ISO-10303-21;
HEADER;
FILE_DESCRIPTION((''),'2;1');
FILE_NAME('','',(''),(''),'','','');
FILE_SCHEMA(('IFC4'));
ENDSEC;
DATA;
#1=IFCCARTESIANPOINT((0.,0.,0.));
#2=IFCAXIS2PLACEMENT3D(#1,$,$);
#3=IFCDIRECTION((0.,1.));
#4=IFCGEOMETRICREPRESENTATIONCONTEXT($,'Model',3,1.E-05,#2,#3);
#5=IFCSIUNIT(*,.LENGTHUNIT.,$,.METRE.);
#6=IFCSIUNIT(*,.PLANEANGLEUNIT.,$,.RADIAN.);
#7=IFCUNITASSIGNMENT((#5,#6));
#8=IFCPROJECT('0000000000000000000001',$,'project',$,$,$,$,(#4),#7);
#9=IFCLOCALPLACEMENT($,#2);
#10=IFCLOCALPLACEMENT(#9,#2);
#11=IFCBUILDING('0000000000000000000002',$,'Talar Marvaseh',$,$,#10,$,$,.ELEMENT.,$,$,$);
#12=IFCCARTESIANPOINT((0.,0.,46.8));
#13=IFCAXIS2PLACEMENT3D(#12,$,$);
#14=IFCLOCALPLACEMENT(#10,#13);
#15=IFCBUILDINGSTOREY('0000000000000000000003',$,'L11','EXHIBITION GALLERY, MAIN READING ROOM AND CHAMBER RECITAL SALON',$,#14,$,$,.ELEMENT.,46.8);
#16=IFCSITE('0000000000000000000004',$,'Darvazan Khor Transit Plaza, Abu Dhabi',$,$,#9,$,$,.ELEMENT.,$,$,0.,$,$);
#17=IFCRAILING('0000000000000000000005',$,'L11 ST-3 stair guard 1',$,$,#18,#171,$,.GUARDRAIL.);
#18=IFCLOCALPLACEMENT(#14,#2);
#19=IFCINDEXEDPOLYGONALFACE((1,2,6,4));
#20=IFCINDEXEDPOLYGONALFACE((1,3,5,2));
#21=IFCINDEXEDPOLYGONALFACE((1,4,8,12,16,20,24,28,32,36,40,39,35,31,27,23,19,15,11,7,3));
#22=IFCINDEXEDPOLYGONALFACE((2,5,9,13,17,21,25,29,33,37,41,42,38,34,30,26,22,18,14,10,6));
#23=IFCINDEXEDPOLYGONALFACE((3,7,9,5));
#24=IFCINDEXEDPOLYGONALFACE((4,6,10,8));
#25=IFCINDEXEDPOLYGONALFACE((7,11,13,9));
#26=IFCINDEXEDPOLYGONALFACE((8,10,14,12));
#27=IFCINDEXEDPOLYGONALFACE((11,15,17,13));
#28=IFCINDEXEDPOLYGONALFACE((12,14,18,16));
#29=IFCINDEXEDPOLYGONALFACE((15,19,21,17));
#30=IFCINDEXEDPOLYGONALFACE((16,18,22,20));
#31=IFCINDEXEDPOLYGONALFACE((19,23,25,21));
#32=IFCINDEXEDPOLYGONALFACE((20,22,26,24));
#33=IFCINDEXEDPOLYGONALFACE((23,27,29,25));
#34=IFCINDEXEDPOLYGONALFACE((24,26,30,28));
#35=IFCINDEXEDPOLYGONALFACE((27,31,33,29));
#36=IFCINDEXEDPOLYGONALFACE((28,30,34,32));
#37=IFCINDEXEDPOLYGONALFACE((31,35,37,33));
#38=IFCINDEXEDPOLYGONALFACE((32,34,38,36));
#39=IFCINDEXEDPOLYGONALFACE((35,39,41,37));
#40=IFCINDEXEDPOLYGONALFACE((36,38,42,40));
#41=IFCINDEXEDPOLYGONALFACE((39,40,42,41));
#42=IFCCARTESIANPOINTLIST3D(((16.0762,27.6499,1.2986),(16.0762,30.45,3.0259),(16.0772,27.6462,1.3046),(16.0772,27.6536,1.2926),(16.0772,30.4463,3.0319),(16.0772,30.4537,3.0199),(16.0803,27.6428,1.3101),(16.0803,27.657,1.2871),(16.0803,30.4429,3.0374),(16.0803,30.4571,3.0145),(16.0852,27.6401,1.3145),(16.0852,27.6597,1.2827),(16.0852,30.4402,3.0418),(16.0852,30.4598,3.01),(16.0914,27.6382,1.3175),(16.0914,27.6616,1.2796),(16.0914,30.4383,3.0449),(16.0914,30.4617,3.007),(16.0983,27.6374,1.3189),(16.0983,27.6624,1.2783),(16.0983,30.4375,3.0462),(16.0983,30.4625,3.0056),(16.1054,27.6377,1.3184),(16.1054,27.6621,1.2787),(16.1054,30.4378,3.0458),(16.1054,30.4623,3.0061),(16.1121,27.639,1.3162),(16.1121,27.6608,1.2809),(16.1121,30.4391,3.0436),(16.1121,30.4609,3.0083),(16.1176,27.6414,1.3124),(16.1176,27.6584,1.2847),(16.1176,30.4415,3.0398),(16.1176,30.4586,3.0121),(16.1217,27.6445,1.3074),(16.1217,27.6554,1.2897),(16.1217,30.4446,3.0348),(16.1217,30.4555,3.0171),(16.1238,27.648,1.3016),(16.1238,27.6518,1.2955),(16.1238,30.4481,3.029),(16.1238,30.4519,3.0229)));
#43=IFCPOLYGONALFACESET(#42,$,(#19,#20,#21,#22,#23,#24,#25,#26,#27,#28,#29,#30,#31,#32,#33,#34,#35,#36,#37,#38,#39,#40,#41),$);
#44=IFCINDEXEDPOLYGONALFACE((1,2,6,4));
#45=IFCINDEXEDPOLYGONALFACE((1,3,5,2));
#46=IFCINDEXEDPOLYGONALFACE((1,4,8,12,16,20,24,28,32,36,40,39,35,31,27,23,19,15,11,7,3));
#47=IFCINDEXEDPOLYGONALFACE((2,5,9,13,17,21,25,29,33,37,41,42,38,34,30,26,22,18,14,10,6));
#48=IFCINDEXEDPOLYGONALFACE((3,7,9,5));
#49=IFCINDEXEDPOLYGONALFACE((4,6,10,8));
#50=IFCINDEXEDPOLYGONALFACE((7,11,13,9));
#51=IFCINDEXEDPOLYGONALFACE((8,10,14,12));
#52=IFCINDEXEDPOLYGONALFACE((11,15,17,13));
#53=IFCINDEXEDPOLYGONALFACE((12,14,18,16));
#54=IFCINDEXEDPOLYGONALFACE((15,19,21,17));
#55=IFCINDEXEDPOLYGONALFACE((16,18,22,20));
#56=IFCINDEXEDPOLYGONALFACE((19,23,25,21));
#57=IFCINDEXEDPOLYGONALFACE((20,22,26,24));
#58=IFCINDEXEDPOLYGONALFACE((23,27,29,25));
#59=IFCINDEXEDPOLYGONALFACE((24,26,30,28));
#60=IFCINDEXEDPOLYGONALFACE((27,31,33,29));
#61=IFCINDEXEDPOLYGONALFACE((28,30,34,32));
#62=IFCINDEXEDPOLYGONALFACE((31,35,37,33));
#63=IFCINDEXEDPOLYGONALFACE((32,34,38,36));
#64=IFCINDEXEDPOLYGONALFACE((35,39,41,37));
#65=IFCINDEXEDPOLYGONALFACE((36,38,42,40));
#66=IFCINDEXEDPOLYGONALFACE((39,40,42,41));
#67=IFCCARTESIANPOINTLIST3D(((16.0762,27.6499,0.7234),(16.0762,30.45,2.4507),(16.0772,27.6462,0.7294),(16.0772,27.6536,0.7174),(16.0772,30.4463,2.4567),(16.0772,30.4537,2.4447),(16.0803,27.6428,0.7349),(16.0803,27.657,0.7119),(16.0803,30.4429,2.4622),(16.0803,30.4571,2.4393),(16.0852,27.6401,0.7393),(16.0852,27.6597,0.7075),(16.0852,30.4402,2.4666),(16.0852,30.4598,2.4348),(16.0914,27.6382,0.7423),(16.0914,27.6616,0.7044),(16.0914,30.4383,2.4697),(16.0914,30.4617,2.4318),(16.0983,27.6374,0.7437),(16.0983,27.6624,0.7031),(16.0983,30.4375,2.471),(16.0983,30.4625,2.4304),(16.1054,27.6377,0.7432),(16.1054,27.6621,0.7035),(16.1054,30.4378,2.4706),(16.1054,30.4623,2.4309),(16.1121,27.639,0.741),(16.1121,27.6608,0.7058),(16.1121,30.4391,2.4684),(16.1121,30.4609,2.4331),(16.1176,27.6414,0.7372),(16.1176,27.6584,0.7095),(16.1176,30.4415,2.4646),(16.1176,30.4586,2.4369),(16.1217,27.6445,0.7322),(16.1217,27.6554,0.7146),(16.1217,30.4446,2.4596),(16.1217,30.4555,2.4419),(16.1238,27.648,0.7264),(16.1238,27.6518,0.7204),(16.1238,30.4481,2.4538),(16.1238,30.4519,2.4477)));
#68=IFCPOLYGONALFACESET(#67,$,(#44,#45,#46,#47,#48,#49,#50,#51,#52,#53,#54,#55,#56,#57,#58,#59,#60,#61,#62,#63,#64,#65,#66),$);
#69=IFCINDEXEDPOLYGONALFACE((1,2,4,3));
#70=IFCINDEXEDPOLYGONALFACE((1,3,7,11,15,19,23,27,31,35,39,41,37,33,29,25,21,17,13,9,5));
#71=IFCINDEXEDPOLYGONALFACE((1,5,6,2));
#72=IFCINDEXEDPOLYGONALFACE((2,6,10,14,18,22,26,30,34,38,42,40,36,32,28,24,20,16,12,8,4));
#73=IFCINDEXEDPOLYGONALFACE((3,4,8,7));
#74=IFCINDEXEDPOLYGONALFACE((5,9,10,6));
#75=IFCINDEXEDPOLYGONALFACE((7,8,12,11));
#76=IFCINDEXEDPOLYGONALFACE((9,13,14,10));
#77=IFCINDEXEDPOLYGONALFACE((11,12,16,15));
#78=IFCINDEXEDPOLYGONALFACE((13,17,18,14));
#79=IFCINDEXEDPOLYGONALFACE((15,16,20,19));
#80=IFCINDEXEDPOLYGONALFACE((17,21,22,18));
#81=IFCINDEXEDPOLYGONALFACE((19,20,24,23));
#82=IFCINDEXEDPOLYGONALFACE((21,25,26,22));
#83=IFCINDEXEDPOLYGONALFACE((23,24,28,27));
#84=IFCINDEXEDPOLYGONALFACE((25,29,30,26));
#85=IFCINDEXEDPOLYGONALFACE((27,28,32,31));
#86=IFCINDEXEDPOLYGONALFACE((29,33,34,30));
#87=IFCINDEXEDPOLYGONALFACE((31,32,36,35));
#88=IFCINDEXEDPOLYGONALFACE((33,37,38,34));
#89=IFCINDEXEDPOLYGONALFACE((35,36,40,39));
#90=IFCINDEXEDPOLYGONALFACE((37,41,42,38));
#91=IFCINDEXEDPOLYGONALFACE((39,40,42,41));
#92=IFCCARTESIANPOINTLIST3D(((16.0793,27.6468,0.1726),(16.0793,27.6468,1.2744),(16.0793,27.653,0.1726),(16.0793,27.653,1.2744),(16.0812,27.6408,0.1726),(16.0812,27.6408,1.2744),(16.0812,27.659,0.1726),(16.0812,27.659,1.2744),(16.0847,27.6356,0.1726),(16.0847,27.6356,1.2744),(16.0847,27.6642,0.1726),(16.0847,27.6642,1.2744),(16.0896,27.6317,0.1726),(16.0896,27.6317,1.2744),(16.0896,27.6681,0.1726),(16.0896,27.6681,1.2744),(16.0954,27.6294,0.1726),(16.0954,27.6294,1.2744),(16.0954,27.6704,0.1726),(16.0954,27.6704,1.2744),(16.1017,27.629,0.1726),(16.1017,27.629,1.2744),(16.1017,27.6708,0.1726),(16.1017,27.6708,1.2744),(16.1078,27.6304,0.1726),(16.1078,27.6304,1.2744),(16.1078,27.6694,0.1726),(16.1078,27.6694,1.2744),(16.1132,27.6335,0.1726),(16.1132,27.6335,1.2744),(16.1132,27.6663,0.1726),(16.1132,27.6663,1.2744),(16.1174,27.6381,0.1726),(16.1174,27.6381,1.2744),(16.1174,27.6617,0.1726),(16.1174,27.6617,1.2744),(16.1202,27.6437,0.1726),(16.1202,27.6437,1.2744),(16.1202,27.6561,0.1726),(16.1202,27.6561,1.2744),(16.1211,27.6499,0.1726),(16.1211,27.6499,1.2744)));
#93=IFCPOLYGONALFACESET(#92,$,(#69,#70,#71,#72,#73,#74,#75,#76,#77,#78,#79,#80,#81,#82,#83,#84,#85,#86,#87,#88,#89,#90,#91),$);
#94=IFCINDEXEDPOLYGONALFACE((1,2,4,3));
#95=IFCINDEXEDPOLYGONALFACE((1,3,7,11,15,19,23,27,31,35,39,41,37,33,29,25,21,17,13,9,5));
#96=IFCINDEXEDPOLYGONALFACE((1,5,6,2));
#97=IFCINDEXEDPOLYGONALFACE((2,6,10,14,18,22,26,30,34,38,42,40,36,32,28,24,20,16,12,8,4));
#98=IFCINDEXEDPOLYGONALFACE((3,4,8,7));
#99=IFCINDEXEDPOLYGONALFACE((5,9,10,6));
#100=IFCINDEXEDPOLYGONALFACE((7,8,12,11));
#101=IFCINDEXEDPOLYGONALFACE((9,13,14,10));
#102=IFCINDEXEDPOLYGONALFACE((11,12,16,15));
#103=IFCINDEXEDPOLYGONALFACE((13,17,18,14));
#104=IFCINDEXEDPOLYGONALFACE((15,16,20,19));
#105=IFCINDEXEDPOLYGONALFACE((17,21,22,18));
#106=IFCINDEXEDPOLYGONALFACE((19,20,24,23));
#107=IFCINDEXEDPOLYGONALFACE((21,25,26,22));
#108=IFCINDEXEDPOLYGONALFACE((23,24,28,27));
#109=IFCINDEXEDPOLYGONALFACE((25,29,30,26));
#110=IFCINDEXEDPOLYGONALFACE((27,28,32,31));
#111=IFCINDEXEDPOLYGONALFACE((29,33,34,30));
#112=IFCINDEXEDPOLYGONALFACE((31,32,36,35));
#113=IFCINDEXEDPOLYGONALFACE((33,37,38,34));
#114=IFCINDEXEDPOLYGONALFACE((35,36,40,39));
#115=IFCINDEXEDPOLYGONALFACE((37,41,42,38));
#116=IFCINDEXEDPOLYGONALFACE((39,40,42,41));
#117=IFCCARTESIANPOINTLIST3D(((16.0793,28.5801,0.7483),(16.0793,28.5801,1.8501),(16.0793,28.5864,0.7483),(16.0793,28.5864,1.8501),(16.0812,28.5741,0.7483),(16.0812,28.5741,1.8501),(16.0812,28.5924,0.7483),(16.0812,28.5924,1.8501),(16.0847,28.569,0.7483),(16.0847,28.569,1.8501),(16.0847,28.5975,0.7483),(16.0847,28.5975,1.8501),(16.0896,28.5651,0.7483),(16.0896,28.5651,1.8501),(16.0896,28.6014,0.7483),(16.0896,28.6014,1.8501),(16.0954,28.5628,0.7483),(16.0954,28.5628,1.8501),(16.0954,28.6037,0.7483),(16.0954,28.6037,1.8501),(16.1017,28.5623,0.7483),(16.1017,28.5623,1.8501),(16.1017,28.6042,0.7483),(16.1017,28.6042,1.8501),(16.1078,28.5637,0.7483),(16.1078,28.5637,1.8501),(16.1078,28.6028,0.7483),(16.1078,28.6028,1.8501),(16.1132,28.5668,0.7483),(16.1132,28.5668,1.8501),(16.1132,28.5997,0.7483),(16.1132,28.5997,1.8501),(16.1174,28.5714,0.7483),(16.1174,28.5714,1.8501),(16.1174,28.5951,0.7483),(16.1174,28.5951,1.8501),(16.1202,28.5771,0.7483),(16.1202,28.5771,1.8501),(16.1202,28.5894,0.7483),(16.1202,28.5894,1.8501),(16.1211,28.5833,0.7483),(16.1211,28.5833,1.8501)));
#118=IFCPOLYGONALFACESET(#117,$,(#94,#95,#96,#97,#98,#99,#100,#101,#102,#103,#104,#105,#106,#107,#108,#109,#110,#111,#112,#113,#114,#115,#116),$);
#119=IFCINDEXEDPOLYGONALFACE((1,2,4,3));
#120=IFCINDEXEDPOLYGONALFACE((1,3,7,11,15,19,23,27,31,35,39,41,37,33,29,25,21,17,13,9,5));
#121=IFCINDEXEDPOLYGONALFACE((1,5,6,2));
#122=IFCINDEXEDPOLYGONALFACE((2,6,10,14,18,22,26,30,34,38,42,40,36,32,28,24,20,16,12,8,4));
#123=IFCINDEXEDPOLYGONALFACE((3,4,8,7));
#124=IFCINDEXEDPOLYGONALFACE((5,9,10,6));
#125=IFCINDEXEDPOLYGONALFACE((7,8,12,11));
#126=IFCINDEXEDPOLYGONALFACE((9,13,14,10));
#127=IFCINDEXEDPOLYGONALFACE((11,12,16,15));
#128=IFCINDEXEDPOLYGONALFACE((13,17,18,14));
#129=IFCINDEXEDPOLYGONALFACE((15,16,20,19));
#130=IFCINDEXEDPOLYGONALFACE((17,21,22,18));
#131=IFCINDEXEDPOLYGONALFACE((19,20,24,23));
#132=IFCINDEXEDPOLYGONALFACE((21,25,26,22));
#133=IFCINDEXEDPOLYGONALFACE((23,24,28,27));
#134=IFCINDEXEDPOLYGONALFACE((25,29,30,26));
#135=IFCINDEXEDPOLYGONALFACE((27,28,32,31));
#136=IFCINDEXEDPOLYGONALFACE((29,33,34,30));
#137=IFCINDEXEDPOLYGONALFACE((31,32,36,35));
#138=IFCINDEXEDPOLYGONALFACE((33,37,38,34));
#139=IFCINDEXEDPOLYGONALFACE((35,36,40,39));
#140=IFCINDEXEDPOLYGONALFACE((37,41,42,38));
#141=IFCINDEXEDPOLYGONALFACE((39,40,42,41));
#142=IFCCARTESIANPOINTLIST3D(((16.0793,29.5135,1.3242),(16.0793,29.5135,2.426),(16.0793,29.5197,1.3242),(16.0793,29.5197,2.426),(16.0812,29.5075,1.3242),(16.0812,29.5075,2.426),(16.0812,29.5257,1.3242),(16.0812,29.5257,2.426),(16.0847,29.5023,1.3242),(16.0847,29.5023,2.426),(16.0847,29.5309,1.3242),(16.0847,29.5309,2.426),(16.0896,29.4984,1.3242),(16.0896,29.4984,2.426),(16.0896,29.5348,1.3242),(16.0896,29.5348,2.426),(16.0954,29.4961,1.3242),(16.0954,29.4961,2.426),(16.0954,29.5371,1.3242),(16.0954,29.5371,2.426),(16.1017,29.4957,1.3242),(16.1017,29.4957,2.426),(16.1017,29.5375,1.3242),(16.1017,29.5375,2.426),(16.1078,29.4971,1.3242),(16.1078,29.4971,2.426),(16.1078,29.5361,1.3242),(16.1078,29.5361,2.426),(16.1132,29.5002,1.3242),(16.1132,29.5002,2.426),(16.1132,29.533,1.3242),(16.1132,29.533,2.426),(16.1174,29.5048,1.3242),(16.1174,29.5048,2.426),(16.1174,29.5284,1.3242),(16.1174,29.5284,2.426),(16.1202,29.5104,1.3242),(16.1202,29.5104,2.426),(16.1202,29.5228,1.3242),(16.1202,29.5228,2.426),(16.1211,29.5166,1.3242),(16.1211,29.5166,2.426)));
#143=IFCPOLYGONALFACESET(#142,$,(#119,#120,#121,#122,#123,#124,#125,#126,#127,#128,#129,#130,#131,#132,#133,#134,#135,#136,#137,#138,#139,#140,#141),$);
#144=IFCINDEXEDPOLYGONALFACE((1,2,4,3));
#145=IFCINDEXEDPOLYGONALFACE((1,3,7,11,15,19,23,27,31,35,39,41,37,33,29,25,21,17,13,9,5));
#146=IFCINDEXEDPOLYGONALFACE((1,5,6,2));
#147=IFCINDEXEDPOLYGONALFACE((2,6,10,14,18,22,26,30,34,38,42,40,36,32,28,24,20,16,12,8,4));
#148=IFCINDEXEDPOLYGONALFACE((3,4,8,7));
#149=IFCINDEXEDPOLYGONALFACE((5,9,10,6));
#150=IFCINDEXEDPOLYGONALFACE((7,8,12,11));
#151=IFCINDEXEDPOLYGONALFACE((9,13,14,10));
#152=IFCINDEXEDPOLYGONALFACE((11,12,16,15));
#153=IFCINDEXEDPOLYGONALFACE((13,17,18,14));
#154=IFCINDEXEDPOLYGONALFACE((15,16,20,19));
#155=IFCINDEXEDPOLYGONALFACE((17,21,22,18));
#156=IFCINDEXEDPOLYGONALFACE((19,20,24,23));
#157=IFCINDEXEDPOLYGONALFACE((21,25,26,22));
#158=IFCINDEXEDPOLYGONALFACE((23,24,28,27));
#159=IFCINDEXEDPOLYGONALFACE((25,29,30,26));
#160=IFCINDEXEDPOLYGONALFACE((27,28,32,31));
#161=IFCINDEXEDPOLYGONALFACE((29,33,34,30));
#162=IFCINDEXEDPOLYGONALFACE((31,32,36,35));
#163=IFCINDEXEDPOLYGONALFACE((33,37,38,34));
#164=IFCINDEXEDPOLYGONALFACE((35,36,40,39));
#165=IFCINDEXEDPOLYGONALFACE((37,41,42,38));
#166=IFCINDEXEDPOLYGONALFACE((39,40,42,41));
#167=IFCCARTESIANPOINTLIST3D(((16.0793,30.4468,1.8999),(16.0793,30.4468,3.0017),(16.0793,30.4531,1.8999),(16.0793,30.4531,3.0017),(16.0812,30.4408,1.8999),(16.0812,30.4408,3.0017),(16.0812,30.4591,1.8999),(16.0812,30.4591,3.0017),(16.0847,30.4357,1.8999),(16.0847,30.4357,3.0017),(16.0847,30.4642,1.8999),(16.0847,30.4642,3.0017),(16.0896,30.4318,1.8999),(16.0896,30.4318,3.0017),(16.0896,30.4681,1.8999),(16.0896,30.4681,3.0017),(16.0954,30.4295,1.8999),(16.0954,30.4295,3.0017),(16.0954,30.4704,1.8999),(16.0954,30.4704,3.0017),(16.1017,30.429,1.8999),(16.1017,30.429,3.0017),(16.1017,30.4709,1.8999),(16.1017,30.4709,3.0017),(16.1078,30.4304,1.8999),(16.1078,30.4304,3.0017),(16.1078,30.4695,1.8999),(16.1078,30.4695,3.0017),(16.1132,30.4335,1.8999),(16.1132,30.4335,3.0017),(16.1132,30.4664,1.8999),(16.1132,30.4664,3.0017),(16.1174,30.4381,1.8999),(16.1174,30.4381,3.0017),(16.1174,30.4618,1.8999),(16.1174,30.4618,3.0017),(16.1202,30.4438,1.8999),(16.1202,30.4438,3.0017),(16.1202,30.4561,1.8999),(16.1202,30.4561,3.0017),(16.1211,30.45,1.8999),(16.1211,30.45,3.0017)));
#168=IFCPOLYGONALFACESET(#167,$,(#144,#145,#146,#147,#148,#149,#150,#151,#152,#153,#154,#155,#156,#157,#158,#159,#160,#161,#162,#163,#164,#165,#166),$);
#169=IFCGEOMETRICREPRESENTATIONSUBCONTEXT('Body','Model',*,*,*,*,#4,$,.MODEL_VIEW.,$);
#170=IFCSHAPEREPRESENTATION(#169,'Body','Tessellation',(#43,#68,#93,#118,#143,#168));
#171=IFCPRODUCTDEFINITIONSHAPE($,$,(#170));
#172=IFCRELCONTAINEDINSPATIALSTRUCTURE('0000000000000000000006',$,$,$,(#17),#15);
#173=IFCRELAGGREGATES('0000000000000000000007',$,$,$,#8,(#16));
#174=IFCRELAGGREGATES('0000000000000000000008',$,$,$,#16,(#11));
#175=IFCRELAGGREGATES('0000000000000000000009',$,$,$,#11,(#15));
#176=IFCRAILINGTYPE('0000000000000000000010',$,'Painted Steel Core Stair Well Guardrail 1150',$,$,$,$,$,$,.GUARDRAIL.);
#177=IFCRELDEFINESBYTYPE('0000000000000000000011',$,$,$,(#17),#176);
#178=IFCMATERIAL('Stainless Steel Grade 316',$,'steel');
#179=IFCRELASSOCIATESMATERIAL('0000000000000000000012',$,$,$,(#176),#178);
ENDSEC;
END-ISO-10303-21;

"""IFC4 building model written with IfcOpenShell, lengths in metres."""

from ifc_helpers import new_model, si_unit, direction, frame, origin, origin_2d, place, context, subcontext, project, spatial, circle, extrude, material, type_object, element, save


model = new_model("IFC4")

# Units and contexts
model_context = context("Model", 3, precision=1e-05, world=origin(), true_north=direction((0.0, 1.0)))
body_context = subcontext(model_context, "Body", "Model", "MODEL_VIEW")
ifc_project = project(units=[si_unit("LENGTHUNIT", "METRE"), si_unit("PLANEANGLEUNIT", "RADIAN")], contexts=[model_context])

# Site, building, storey
site_placement = place(None, origin())
site = spatial("IfcSite", under=ifc_project, at=site_placement, Name="Darvazan Khor Transit Plaza, Abu Dhabi", CompositionType="ELEMENT", RefElevation=0.0)
building_placement = place(site_placement, origin())
building = spatial("IfcBuilding", under=site, at=building_placement, Name="Talar Marvaseh", CompositionType="ELEMENT")
storey_placement = place(building_placement, frame((0.0, 0.0, 46.8)))
storey = spatial("IfcBuildingStorey", under=building, at=storey_placement, Name="L11", Description="EXHIBITION GALLERY, MAIN READING ROOM AND CHAMBER RECITAL SALON", CompositionType="ELEMENT", Elevation=46.8)

# Railing
ifc_material_1 = material(Name="Stainless Steel Grade 316", Category="steel")
railing_type_1 = type_object("IfcRailingType", Name="Painted Steel Core Stair Well Guardrail 1150", PredefinedType="GUARDRAIL", material=ifc_material_1)
railing_1_placement = place(storey_placement, frame((16.1001, 27.6499, 0.1726)))
element("IfcRailing", 1, at=railing_1_placement, inside=storey, type_object=railing_type_1, Name="L11 ST-3 stair guard 1", PredefinedType="GUARDRAIL", context=body_context, shape_type="SweptSolid", body=[
    extrude(circle(Radius=0.0239, at=origin_2d()), frame((0.0, 0.0, 1.126), z_axis=(0.0, 0.85109, 0.52502), x_axis=(-1.0, 0.0, 0.0)), (0.0, 0.0, 1.0), 3.29),
    extrude(circle(Radius=0.0239, at=origin_2d()), frame((0.0, 0.0, 0.5508), z_axis=(0.0, 0.85109, 0.52502), x_axis=(-1.0, 0.0, 0.0)), (0.0, 0.0, 1.0), 3.29),
    extrude(circle(Radius=0.021, at=origin_2d()), origin(), (0.0, 0.0, 1.0), 1.1018),
    extrude(circle(Radius=0.021, at=origin_2d()), frame((0.0, 0.9333, 0.5757)), (0.0, 0.0, 1.0), 1.1018),
    extrude(circle(Radius=0.021, at=origin_2d()), frame((0.0, 1.8667, 1.1516)), (0.0, 0.0, 1.0), 1.1018),
    extrude(circle(Radius=0.021, at=origin_2d()), frame((0.0, 2.8, 1.7273)), (0.0, 0.0, 1.0), 1.1018),
])

save(model, "model.ifc")
